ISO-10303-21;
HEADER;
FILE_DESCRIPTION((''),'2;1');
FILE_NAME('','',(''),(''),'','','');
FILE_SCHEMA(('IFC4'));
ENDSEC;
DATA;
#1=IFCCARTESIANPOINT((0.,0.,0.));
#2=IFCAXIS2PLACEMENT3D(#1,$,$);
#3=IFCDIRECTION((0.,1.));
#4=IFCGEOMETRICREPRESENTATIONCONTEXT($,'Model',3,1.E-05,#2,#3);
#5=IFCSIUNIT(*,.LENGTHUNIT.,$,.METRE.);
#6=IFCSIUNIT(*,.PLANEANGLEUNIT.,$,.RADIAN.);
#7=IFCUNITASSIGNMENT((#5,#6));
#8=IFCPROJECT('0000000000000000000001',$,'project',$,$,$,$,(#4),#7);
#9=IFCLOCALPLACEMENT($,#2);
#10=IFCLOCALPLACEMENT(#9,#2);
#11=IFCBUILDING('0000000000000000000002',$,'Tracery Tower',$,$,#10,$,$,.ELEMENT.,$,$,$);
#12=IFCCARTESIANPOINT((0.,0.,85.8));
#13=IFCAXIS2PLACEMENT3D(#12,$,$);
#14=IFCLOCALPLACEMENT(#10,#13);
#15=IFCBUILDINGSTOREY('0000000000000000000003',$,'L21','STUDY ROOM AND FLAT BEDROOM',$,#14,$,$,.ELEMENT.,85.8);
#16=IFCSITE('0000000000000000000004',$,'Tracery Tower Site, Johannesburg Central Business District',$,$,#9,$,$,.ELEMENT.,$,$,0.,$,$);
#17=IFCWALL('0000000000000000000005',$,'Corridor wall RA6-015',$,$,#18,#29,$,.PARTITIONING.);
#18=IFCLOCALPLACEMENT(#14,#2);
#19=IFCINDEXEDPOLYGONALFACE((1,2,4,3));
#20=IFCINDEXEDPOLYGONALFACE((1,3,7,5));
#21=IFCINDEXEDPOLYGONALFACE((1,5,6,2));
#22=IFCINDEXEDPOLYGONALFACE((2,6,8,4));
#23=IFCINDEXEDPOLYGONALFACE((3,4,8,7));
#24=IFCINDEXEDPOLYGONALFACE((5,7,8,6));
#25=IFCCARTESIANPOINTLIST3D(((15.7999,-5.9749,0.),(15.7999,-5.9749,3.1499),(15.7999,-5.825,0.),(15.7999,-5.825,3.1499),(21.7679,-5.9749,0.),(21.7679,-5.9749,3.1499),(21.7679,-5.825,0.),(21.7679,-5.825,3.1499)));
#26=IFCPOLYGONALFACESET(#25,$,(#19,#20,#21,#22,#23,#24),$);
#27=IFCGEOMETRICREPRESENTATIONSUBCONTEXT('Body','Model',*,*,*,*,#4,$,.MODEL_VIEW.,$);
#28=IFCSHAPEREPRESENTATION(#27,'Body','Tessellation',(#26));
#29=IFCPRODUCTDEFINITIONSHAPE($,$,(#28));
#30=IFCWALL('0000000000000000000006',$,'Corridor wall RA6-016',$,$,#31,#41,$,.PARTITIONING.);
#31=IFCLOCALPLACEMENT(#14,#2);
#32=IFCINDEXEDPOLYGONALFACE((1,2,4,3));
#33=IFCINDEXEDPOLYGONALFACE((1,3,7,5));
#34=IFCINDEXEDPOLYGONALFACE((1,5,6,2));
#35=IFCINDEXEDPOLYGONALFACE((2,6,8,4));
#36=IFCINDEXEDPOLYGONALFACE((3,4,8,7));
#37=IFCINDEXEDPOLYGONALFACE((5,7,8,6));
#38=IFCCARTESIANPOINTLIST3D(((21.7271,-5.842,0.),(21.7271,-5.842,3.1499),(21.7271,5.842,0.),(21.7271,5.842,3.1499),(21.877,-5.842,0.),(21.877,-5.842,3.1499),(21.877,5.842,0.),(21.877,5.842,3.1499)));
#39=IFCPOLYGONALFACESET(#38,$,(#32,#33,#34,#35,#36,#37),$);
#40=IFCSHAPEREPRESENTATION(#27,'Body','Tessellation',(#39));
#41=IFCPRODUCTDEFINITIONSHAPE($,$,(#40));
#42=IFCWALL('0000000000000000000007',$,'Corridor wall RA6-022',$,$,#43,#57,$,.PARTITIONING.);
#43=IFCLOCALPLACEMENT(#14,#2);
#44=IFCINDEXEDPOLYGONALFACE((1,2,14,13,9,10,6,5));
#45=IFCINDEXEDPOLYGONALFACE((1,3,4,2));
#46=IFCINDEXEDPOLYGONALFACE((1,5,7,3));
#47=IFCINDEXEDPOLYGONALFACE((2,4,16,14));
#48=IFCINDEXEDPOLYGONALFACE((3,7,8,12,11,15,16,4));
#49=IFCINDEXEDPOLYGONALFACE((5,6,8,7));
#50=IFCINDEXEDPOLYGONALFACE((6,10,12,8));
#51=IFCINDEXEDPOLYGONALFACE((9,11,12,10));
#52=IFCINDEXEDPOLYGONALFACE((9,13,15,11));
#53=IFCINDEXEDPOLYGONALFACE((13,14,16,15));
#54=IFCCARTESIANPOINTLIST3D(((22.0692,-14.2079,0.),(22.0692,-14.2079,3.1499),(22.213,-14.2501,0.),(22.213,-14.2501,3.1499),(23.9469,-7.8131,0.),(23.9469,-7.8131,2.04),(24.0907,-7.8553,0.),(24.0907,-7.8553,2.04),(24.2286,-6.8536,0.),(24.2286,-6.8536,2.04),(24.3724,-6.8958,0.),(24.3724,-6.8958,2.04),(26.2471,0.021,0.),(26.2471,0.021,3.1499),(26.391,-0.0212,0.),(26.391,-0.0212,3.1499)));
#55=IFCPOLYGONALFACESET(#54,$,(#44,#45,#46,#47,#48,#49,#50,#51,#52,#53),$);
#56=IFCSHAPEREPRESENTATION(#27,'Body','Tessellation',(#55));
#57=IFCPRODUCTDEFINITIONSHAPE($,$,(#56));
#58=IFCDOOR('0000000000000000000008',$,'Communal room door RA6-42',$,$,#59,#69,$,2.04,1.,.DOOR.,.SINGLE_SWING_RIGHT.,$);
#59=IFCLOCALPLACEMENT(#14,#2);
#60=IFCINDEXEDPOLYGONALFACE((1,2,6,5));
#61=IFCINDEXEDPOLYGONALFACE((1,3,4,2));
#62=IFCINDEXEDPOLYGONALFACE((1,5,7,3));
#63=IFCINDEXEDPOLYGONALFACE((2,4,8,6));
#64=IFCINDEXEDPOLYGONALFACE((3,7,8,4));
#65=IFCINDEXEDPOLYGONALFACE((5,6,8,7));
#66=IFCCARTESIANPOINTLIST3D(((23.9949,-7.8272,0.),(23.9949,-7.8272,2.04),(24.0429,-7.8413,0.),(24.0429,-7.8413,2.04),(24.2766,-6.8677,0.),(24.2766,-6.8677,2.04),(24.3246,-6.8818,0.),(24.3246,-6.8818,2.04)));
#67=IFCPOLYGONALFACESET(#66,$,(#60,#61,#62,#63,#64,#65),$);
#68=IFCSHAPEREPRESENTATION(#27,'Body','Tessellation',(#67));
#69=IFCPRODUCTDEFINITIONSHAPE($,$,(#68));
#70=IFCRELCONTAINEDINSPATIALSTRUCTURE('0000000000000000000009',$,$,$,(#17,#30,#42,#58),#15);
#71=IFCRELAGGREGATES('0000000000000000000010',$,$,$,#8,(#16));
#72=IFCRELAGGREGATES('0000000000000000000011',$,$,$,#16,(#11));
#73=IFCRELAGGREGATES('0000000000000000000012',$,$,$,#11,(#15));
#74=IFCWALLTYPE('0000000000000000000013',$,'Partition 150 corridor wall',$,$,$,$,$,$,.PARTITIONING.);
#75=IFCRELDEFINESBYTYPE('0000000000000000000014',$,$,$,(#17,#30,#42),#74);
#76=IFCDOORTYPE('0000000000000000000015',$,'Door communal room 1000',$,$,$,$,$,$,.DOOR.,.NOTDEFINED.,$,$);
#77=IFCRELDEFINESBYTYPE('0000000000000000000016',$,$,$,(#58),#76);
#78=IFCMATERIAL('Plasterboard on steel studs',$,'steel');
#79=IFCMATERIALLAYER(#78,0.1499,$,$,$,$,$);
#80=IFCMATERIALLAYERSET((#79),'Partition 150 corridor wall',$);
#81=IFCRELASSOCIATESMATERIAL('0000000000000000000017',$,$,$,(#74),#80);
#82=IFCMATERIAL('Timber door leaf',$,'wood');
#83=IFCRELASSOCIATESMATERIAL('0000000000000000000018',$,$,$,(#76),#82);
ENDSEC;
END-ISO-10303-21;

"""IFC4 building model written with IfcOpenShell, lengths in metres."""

from ifc_helpers import new_model, si_unit, direction, frame, frame_2d, origin, place, context, subcontext, project, spatial, rectangle, extrude, material, layer, layer_set, type_object, element, fill, save


model = new_model("IFC4")

# Units and contexts
model_context = context("Model", 3, precision=1e-05, world=origin(), true_north=direction((0.0, 1.0)))
body_context = subcontext(model_context, "Body", "Model", "MODEL_VIEW")
ifc_project = project(units=[si_unit("LENGTHUNIT", "METRE"), si_unit("PLANEANGLEUNIT", "RADIAN")], contexts=[model_context])

# Site, building, storey
site_placement = place(None, origin())
site = spatial("IfcSite", under=ifc_project, at=site_placement, Name="Tracery Tower Site, Johannesburg Central Business District", CompositionType="ELEMENT", RefElevation=0.0)
building_placement = place(site_placement, origin())
building = spatial("IfcBuilding", under=site, at=building_placement, Name="Tracery Tower", CompositionType="ELEMENT")
storey_placement = place(building_placement, frame((0.0, 0.0, 85.8)))
storey = spatial("IfcBuildingStorey", under=building, at=storey_placement, Name="L21", Description="STUDY ROOM AND FLAT BEDROOM", CompositionType="ELEMENT", Elevation=85.8)

# Shared definitions
ifc_material_1 = material(Name="Plasterboard on steel studs", Category="steel")
ifc_layer_1 = layer(ifc_material_1, 0.1499)
ifc_layer_set_1 = layer_set([ifc_layer_1], Name="Partition 150 corridor wall")
wall_type_1 = type_object("IfcWallType", Name="Partition 150 corridor wall", PredefinedType="PARTITIONING", material=ifc_layer_set_1)

# Shared definitions
ifc_material_2 = material(Name="Timber door leaf", Category="wood")
door_type_1 = type_object("IfcDoorType", Name="Door communal room 1000", OperationType="NOTDEFINED", PredefinedType="DOOR", material=ifc_material_2)

# Walls
wall_1_placement = place(storey_placement, frame((15.8, -5.8999, 0.0), z_axis=(0.0, 0.0, 1.0), x_axis=(1.0, 0.0, 0.0)))
element("IfcWall", 1, at=wall_1_placement, inside=storey, type_object=wall_type_1, Name="Corridor wall RA6-015", PredefinedType="PARTITIONING", context=body_context, shape_type="SweptSolid", body=[
    extrude(rectangle(XDim=5.968, YDim=0.1499, at=frame_2d((2.9839, 0.0))), origin(), (0.0, 0.0, 1.0), 3.1499),
])
wall_2_placement = place(storey_placement, frame((21.802, -5.842, 0.0), z_axis=(0.0, 0.0, 1.0), x_axis=(0.0, 1.0, 0.0)))
element("IfcWall", 2, at=wall_2_placement, inside=storey, type_object=wall_type_1, Name="Corridor wall RA6-016", PredefinedType="PARTITIONING", context=body_context, shape_type="SweptSolid", body=[
    extrude(rectangle(XDim=11.6841, YDim=0.1499, at=frame_2d((5.842, 0.0))), origin(), (0.0, 0.0, 1.0), 3.1499),
])

# Wall, opening, door
wall_3_placement = place(storey_placement, frame((22.1411, -14.229, 0.0), z_axis=(0.0, 0.0, 1.0), x_axis=(0.28173, 0.959494, 0.0)))
wall_3 = element("IfcWall", 3, at=wall_3_placement, inside=storey, type_object=wall_type_1, Name="Corridor wall RA6-022", PredefinedType="PARTITIONING", context=body_context, shape_type="SweptSolid", body=[
    extrude(rectangle(XDim=14.8296, YDim=0.1499, at=frame_2d((7.4148, 0.0))), origin(), (0.0, 0.0, 1.0), 3.1499),
])
opening_1_placement = place(wall_3_placement, frame((6.6648, 0.0, 0.0)))
opening_1 = element("IfcOpeningElement", 4, at=opening_1_placement, cuts=wall_3, PredefinedType="OPENING", context=body_context, shape_type="SweptSolid", body=[
    extrude(rectangle(XDim=1.0, YDim=2.04, at=frame_2d((0.5, 1.02))), frame((0.0, 0.075, 0.0), z_axis=(0.0, -1.0, 0.0), x_axis=(1.0, 0.0, 0.0)), (0.0, 0.0, 1.0), 0.1499),
])
door_1_placement = place(opening_1_placement, origin())
door_1 = element("IfcDoor", 5, at=door_1_placement, inside=storey, type_object=door_type_1, Name="Communal room door RA6-42", OperationType="SINGLE_SWING_RIGHT", OverallHeight=2.04, OverallWidth=1.0, PredefinedType="DOOR", context=body_context, shape_type="SweptSolid", body=[
    extrude(rectangle(XDim=1.0, YDim=2.04, at=frame_2d((0.5, 1.02))), frame((0.0, 0.0249, 0.0), z_axis=(0.0, -1.0, 0.0), x_axis=(1.0, 0.0, 0.0)), (0.0, 0.0, 1.0), 0.05),
])
fill(opening_1, door_1)

save(model, "model.ifc")
